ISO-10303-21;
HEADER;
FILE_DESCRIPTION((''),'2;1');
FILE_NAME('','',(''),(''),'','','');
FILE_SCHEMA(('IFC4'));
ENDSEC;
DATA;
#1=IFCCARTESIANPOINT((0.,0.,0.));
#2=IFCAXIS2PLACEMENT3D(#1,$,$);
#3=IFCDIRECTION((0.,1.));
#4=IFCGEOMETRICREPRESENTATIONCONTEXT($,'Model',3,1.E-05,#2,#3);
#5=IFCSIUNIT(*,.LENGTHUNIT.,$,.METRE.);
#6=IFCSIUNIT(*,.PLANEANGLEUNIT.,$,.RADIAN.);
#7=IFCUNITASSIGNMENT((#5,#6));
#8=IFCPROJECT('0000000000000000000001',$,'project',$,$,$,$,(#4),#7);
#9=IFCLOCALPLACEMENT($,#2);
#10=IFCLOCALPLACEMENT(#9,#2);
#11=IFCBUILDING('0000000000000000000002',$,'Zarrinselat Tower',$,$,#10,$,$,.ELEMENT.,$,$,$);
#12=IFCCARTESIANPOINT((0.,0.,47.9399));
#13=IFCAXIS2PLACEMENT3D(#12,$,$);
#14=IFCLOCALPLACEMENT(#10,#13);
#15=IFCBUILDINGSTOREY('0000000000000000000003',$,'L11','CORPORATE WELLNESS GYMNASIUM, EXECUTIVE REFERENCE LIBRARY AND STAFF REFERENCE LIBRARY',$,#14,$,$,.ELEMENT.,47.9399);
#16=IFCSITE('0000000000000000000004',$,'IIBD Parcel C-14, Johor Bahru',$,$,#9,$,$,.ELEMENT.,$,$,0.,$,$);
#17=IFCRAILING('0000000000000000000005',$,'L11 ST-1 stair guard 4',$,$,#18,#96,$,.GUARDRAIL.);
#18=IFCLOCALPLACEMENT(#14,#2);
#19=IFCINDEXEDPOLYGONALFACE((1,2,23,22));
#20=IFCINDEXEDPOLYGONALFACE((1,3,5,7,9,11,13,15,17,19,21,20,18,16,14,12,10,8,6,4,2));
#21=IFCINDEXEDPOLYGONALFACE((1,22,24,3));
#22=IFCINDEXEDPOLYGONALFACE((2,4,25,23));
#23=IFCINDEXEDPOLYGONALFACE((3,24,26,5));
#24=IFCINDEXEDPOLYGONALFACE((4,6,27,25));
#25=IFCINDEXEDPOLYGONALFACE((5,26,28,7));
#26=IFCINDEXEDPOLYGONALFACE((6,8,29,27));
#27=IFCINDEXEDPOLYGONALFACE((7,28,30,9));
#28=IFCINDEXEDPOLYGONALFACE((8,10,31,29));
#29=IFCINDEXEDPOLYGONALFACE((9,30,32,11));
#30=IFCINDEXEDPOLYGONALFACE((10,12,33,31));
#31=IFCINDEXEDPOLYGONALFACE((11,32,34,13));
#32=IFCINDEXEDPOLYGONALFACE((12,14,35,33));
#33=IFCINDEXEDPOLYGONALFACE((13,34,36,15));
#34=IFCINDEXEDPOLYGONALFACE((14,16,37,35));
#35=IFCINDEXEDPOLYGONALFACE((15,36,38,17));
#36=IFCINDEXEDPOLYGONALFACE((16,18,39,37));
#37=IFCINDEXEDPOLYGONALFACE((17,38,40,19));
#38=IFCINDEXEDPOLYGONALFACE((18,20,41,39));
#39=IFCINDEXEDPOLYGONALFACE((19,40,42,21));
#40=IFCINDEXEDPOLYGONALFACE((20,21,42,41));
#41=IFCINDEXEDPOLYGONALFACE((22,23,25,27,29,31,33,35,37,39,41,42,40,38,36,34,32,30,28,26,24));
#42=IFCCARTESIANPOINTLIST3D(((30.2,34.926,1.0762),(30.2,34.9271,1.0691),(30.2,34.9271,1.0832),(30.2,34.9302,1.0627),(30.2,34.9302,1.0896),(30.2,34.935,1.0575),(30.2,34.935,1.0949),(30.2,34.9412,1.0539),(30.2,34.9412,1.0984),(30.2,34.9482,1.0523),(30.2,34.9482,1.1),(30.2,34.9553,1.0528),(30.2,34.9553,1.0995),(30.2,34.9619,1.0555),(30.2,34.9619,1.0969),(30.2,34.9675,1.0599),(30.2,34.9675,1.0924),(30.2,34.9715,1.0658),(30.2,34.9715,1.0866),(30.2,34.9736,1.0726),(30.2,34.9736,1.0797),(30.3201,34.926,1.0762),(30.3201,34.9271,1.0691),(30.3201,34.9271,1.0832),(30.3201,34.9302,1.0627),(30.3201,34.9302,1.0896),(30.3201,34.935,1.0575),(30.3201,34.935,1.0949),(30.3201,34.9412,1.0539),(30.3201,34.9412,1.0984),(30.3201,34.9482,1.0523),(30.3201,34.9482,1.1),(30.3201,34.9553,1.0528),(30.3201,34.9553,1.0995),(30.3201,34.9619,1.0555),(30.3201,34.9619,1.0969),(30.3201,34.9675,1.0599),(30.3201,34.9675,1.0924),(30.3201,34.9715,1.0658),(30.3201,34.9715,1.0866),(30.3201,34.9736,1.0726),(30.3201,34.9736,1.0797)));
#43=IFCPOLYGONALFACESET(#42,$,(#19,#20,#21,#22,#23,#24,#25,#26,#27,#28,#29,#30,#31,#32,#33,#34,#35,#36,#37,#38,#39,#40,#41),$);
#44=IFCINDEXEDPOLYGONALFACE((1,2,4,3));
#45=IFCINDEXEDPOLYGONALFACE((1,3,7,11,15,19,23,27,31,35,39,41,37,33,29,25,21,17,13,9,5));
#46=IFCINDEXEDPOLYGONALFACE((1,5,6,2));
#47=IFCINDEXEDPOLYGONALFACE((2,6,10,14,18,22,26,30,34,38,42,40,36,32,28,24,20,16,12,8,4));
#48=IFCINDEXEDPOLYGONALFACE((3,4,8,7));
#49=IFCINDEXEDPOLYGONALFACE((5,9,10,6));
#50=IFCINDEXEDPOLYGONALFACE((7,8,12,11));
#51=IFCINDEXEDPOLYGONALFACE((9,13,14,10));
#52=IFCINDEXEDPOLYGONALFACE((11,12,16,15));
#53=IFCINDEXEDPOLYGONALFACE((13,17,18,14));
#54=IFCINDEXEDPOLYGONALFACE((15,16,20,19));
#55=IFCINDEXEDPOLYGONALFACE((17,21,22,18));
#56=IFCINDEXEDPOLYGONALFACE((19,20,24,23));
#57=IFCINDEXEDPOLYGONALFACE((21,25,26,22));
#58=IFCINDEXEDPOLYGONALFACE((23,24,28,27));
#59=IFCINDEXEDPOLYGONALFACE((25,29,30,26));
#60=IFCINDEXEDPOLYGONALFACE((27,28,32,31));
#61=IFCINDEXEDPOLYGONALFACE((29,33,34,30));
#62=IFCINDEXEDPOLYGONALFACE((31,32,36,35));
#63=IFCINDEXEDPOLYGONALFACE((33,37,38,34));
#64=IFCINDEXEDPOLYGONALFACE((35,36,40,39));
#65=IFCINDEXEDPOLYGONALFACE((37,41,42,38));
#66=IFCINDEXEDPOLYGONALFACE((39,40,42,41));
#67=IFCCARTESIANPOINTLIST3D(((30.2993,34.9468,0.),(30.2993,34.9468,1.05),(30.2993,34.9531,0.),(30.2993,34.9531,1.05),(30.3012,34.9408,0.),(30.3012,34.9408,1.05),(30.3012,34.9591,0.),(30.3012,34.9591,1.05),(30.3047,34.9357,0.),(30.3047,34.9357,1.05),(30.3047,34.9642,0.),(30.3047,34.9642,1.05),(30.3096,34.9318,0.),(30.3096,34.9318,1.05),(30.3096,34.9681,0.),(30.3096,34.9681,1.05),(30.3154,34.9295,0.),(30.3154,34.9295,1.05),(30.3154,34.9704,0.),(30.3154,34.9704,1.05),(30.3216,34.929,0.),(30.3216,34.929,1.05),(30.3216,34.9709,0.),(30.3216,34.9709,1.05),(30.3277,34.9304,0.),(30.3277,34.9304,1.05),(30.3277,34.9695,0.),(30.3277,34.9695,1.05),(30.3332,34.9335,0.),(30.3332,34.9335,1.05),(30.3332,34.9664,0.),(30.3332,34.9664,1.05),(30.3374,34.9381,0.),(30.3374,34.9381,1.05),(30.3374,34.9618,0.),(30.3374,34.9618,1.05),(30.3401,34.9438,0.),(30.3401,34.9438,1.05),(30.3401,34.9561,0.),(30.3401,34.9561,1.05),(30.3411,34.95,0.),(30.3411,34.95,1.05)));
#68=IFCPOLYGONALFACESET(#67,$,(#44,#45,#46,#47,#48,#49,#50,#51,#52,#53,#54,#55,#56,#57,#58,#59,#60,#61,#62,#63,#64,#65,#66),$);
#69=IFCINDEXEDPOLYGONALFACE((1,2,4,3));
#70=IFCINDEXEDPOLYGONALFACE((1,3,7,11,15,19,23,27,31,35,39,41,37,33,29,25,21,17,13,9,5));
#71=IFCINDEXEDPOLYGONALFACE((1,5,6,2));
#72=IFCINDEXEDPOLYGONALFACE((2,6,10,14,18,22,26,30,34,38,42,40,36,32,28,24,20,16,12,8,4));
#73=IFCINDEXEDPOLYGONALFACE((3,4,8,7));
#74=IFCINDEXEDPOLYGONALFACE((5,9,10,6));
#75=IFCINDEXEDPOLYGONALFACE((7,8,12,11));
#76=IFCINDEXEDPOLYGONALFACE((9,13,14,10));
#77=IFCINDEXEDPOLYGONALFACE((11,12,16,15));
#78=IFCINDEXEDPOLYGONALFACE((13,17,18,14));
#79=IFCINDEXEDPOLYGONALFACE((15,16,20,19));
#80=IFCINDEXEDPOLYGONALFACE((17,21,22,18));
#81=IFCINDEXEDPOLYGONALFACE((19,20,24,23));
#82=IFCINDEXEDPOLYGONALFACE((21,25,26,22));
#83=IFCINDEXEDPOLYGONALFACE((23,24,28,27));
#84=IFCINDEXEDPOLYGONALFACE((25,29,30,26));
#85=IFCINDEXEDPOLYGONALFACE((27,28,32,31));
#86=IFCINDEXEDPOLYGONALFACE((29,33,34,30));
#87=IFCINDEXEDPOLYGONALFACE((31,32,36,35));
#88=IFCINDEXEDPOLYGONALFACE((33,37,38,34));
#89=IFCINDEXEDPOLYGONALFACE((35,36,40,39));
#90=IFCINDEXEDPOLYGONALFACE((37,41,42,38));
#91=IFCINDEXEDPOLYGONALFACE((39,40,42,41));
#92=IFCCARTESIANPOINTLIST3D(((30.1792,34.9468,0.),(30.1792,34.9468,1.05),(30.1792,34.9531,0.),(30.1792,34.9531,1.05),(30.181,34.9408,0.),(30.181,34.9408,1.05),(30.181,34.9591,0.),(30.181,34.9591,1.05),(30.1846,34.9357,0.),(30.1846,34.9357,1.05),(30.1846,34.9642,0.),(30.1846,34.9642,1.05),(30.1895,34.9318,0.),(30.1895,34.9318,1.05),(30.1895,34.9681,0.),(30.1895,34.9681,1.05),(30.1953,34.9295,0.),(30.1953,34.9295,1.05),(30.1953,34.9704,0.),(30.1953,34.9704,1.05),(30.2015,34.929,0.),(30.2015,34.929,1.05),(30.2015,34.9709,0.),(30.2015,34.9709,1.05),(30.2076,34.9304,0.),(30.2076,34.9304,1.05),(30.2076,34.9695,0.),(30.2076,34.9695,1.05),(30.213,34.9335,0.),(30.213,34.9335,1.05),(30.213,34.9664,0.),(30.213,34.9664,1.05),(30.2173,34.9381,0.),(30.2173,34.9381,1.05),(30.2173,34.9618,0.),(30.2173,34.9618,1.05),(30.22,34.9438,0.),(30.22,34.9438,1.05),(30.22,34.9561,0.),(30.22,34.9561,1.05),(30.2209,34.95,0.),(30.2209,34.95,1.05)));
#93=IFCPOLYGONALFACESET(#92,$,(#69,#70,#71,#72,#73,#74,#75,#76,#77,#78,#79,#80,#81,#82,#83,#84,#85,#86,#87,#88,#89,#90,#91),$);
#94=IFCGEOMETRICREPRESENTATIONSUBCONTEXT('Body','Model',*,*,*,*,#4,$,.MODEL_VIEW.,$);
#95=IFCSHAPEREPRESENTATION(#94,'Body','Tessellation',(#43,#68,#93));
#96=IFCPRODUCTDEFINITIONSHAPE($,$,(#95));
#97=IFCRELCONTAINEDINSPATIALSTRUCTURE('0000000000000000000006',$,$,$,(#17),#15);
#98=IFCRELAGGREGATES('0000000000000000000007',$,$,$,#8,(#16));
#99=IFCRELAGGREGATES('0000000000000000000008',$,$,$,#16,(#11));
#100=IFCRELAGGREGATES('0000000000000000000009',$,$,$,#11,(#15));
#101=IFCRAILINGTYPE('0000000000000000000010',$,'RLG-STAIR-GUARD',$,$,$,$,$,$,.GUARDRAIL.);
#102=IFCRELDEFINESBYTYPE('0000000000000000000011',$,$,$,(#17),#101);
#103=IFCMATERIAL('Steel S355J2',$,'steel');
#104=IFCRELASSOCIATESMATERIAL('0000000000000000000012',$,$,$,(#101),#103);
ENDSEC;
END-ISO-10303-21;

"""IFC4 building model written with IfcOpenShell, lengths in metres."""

from ifc_helpers import new_model, si_unit, direction, frame, origin, origin_2d, place, context, subcontext, project, spatial, circle, extrude, material, type_object, element, save


model = new_model("IFC4")

# Units and contexts
model_context = context("Model", 3, precision=1e-05, world=origin(), true_north=direction((0.0, 1.0)))
body_context = subcontext(model_context, "Body", "Model", "MODEL_VIEW")
ifc_project = project(units=[si_unit("LENGTHUNIT", "METRE"), si_unit("PLANEANGLEUNIT", "RADIAN")], contexts=[model_context])

# Site, building, storey
site_placement = place(None, origin())
site = spatial("IfcSite", under=ifc_project, at=site_placement, Name="IIBD Parcel C-14, Johor Bahru", CompositionType="ELEMENT", RefElevation=0.0)
building_placement = place(site_placement, origin())
building = spatial("IfcBuilding", under=site, at=building_placement, Name="Zarrinselat Tower", CompositionType="ELEMENT")
storey_placement = place(building_placement, frame((0.0, 0.0, 47.9399)))
storey = spatial("IfcBuildingStorey", under=building, at=storey_placement, Name="L11", Description="CORPORATE WELLNESS GYMNASIUM, EXECUTIVE REFERENCE LIBRARY AND STAFF REFERENCE LIBRARY", CompositionType="ELEMENT", Elevation=47.9399)

# Railing
ifc_material_1 = material(Name="Steel S355J2", Category="steel")
railing_type_1 = type_object("IfcRailingType", Name="RLG-STAIR-GUARD", PredefinedType="GUARDRAIL", material=ifc_material_1)
railing_1_placement = place(storey_placement, frame((30.3201, 34.95, 0.0)))
element("IfcRailing", 1, at=railing_1_placement, inside=storey, type_object=railing_type_1, Name="L11 ST-1 stair guard 4", PredefinedType="GUARDRAIL", context=body_context, shape_type="SweptSolid", body=[
    extrude(circle(Radius=0.0239, at=origin_2d()), frame((0.0, 0.0, 1.0762), z_axis=(-1.0, 0.0, 0.0), x_axis=(0.0, -1.0, 0.0)), (0.0, 0.0, 1.0), 0.1201),
    extrude(circle(Radius=0.021, at=origin_2d()), origin(), (0.0, 0.0, 1.0), 1.05),
    extrude(circle(Radius=0.021, at=origin_2d()), frame((-0.1201, 0.0, 0.0)), (0.0, 0.0, 1.0), 1.05),
])

save(model, "model.ifc")
